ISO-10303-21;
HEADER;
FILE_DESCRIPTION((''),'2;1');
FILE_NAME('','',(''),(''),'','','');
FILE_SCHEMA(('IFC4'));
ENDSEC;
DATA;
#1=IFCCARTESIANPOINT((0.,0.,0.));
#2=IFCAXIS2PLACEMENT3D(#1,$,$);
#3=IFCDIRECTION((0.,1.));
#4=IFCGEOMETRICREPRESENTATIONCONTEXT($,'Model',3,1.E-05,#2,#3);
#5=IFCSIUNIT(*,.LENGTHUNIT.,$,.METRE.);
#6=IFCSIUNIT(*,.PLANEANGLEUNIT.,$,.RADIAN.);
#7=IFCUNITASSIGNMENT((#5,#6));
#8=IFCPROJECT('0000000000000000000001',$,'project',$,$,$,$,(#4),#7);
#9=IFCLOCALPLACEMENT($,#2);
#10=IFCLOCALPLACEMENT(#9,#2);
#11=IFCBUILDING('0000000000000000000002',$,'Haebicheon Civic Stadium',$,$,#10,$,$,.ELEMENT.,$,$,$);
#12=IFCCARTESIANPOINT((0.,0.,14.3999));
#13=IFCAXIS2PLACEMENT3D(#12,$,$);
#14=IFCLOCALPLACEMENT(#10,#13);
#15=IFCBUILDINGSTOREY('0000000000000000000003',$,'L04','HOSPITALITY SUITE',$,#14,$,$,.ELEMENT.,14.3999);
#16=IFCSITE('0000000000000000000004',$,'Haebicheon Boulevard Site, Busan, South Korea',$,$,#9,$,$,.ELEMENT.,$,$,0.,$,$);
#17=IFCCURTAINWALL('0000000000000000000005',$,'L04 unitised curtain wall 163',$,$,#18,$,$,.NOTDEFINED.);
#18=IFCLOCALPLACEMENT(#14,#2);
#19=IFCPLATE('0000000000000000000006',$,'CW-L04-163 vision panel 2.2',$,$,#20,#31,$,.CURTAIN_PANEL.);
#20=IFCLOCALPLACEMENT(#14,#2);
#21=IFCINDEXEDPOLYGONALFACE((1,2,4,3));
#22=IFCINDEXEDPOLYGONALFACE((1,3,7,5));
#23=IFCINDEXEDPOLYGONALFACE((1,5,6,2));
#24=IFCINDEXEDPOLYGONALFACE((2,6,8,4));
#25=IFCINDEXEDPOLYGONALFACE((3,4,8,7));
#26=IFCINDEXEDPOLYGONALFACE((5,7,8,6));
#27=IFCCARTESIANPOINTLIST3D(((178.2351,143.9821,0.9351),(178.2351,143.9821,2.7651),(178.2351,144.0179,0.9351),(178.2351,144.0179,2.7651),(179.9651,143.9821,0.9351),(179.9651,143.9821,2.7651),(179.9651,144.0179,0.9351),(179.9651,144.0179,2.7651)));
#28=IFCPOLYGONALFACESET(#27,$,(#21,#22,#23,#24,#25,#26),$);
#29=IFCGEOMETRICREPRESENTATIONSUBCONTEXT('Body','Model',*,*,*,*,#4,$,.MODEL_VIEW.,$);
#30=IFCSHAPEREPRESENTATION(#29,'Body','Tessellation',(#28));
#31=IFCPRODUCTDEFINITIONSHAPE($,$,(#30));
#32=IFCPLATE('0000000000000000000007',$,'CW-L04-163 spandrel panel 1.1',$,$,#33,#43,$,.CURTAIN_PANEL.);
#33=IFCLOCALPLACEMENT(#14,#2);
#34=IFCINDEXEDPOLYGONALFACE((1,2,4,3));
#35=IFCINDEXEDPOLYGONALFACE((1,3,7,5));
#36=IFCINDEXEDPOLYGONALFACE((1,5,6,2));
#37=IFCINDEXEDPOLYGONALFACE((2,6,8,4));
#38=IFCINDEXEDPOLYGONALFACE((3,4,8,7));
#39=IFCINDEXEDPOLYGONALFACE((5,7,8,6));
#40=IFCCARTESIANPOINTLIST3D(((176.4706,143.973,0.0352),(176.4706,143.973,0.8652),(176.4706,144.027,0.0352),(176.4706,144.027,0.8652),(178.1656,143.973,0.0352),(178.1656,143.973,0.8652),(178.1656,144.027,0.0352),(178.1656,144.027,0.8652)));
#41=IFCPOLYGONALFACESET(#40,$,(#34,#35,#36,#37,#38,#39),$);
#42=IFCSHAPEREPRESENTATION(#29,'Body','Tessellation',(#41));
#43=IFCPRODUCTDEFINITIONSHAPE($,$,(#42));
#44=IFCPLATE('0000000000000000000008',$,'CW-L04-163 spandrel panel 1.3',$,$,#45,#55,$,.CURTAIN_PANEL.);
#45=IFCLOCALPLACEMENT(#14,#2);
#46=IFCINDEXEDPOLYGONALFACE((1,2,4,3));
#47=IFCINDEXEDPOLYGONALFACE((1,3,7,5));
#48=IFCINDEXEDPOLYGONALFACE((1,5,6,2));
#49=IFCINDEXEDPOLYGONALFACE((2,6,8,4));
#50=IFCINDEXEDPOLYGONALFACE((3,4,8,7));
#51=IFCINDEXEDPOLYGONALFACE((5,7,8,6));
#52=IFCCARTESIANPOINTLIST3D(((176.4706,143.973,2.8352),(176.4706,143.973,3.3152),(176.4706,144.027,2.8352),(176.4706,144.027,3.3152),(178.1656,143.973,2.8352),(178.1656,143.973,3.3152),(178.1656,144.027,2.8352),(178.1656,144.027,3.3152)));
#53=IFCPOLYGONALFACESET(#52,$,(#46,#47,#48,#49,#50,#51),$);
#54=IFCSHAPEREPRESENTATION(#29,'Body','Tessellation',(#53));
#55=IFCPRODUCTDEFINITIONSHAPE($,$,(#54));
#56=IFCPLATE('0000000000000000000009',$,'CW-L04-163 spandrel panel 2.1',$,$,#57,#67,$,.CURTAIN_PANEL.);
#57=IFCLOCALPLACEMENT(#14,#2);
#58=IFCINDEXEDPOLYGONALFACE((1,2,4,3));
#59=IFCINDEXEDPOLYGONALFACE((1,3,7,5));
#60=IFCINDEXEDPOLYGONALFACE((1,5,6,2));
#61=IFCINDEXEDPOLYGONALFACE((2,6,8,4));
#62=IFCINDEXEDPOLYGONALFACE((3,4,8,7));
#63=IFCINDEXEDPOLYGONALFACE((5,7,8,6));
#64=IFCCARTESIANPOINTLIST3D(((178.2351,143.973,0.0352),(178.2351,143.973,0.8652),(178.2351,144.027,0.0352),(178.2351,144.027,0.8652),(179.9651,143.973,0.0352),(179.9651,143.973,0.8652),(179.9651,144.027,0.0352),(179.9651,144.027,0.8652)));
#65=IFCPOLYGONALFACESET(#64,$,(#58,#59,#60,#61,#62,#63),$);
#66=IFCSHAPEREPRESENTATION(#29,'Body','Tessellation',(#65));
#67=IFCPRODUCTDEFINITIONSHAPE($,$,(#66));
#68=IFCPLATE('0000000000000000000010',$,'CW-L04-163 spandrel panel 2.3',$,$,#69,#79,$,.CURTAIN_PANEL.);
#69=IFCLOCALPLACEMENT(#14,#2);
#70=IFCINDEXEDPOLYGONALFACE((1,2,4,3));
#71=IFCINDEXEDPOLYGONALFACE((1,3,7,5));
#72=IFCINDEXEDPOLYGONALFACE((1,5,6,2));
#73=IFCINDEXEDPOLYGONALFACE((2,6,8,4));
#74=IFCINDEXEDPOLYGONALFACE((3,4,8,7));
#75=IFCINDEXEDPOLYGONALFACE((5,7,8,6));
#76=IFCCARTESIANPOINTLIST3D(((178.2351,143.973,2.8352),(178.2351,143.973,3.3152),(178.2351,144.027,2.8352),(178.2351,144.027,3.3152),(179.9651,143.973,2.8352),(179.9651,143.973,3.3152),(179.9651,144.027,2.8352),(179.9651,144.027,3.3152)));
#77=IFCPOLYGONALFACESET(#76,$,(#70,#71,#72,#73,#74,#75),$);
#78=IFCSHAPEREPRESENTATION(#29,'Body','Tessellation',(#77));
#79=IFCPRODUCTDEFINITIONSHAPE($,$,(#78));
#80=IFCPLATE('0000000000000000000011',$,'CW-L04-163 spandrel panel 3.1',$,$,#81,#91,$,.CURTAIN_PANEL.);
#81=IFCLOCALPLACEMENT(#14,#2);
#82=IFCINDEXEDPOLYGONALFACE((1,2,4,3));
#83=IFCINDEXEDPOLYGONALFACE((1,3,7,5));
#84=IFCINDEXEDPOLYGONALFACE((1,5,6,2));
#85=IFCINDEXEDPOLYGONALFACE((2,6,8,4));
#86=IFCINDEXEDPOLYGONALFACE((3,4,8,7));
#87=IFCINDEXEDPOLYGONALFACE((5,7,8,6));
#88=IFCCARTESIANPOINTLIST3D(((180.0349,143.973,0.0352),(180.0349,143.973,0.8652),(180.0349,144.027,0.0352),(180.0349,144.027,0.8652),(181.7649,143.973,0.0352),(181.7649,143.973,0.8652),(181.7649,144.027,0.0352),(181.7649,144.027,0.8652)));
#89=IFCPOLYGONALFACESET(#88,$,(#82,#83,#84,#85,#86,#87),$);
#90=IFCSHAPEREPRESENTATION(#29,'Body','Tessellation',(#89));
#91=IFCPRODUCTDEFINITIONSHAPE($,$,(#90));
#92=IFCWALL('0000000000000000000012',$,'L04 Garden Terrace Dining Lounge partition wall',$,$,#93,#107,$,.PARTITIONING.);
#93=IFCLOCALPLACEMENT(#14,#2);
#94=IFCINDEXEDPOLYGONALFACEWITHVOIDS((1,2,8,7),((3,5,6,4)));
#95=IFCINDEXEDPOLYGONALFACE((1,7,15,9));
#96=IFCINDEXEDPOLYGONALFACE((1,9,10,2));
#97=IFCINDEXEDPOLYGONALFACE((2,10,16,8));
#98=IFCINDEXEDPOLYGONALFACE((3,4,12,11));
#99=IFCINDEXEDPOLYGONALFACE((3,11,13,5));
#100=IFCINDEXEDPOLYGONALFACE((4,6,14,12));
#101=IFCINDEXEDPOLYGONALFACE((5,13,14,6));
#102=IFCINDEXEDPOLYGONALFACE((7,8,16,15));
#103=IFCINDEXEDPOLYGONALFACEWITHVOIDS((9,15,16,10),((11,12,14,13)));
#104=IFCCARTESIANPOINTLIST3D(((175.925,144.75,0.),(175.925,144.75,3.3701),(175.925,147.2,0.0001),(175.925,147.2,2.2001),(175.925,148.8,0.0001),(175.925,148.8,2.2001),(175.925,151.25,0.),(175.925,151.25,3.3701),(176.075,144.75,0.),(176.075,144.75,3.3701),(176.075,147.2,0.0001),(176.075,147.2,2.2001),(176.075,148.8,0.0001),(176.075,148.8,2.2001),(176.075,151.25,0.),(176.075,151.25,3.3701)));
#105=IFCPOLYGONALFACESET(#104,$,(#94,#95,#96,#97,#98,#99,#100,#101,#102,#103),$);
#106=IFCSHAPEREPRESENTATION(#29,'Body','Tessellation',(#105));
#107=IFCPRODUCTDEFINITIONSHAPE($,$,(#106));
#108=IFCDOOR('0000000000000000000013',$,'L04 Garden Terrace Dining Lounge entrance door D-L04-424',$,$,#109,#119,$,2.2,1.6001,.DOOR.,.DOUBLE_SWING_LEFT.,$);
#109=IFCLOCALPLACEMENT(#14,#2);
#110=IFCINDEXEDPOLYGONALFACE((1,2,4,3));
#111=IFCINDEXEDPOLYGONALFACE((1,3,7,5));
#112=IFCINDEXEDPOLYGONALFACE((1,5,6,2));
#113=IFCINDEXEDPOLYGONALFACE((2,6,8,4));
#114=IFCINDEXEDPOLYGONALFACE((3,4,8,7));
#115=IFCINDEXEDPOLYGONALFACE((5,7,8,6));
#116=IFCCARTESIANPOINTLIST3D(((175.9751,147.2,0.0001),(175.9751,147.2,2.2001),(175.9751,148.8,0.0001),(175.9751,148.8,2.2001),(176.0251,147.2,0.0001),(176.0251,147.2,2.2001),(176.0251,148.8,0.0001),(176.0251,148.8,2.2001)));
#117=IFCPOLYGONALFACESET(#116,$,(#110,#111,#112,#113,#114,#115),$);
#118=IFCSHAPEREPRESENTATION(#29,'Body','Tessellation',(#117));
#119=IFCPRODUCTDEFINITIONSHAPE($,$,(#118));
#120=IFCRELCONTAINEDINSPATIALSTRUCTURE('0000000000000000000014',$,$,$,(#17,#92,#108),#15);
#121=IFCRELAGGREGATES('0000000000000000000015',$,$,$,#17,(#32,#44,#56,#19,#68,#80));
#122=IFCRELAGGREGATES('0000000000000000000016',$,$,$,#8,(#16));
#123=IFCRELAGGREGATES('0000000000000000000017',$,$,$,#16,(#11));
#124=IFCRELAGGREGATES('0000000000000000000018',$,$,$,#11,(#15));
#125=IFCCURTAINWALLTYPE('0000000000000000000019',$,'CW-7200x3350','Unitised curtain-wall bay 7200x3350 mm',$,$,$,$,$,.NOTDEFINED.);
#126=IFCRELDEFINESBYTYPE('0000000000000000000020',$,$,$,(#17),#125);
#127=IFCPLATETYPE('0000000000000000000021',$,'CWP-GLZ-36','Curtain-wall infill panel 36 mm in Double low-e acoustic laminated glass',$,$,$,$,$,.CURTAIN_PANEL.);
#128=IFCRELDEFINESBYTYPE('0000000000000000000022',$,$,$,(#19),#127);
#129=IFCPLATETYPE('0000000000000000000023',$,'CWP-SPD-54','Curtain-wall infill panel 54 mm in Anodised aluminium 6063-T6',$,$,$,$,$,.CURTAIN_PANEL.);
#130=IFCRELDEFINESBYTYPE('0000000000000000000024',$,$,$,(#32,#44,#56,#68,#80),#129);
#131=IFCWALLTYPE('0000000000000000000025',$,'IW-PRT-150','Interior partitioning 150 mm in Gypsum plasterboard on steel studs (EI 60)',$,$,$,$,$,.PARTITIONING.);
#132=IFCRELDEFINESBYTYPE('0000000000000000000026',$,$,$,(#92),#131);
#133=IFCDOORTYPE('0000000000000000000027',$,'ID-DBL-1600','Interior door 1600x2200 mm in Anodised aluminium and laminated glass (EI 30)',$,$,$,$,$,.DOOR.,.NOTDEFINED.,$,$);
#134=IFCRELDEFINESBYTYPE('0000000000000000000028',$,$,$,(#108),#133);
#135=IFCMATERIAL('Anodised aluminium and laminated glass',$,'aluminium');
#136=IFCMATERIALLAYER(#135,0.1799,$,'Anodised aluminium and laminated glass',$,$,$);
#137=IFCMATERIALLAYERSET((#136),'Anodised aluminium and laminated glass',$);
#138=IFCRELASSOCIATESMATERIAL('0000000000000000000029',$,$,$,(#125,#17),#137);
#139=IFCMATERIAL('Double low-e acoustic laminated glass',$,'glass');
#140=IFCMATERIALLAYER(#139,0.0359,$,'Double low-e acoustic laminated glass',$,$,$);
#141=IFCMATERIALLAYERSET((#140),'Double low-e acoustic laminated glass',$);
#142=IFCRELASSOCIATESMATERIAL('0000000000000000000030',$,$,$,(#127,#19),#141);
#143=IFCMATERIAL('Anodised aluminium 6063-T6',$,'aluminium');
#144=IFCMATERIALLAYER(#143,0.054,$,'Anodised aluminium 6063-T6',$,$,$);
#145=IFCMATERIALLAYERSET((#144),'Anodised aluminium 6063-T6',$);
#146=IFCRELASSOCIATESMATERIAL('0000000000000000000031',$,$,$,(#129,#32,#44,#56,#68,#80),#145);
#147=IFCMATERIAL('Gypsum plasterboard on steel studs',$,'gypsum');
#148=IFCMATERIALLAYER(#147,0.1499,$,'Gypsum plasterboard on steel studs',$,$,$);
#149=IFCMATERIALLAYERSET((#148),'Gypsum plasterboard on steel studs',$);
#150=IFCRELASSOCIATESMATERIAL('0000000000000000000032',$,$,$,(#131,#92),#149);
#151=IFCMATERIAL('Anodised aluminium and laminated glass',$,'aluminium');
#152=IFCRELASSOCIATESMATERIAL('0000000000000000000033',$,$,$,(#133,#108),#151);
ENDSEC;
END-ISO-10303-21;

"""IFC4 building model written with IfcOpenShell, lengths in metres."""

from ifc_helpers import new_model, si_unit, direction, frame, frame_2d, origin, origin_2d, place, context, subcontext, project, spatial, rectangle, extrude, material, layer, layer_set, type_object, element, fill, aggregate, save


model = new_model("IFC4")

# Units and contexts
model_context = context("Model", 3, precision=1e-05, world=origin(), true_north=direction((0.0, 1.0)))
body_context = subcontext(model_context, "Body", "Model", "MODEL_VIEW")
ifc_project = project(units=[si_unit("LENGTHUNIT", "METRE"), si_unit("PLANEANGLEUNIT", "RADIAN")], contexts=[model_context])

# Site, building, storey
site_placement = place(None, origin())
site = spatial("IfcSite", under=ifc_project, at=site_placement, Name="Haebicheon Boulevard Site, Busan, South Korea", CompositionType="ELEMENT", RefElevation=0.0)
building_placement = place(site_placement, origin())
building = spatial("IfcBuilding", under=site, at=building_placement, Name="Haebicheon Civic Stadium", CompositionType="ELEMENT")
storey_placement = place(building_placement, frame((0.0, 0.0, 14.3999)))
storey = spatial("IfcBuildingStorey", under=building, at=storey_placement, Name="L04", Description="HOSPITALITY SUITE", CompositionType="ELEMENT", Elevation=14.3999)

# Curtain wall
ifc_material_1 = material(Name="Anodised aluminium and laminated glass", Category="aluminium")
ifc_layer_1 = layer(ifc_material_1, 0.1799, Name="Anodised aluminium and laminated glass")
ifc_layer_set_1 = layer_set([ifc_layer_1], Name="Anodised aluminium and laminated glass")
curtain_wall_type = type_object("IfcCurtainWallType", Name="CW-7200x3350", Description="Unitised curtain-wall bay 7200x3350 mm", PredefinedType="NOTDEFINED", material=ifc_layer_set_1)
curtain_wall_placement = place(storey_placement, origin())
curtain_wall = element("IfcCurtainWall", 1, at=curtain_wall_placement, inside=storey, type_object=curtain_wall_type, material=ifc_layer_set_1, Name="L04 unitised curtain wall 163", PredefinedType="NOTDEFINED")

# Plates
ifc_material_2 = material(Name="Double low-e acoustic laminated glass", Category="glass")
ifc_layer_2 = layer(ifc_material_2, 0.0359, Name="Double low-e acoustic laminated glass")
ifc_layer_set_2 = layer_set([ifc_layer_2], Name="Double low-e acoustic laminated glass")
plate_type_1 = type_object("IfcPlateType", Name="CWP-GLZ-36", Description="Curtain-wall infill panel 36 mm in Double low-e acoustic laminated glass", PredefinedType="CURTAIN_PANEL", material=ifc_layer_set_2)
plate_1_placement = place(storey_placement, frame((179.1001, 144.0, 0.9351), z_axis=(0.0, 0.0, 1.0), x_axis=(1.0, 0.0, 0.0)))
plate_1 = element("IfcPlate", 2, at=plate_1_placement, type_object=plate_type_1, material=ifc_layer_set_2, Name="CW-L04-163 vision panel 2.2", PredefinedType="CURTAIN_PANEL", context=body_context, shape_type="SweptSolid", body=[
    extrude(rectangle(XDim=1.73, YDim=0.0359, at=origin_2d()), origin(), (0.0, 0.0, 1.0), 1.8301),
])
ifc_material_3 = material(Name="Anodised aluminium 6063-T6", Category="aluminium")
ifc_layer_3 = layer(ifc_material_3, 0.054, Name="Anodised aluminium 6063-T6")
ifc_layer_set_3 = layer_set([ifc_layer_3], Name="Anodised aluminium 6063-T6")
plate_type_2 = type_object("IfcPlateType", Name="CWP-SPD-54", Description="Curtain-wall infill panel 54 mm in Anodised aluminium 6063-T6", PredefinedType="CURTAIN_PANEL", material=ifc_layer_set_3)
plate_2_placement = place(storey_placement, frame((177.3181, 144.0, 0.0352), z_axis=(0.0, 0.0, 1.0), x_axis=(1.0, 0.0, 0.0)))
plate_2 = element("IfcPlate", 3, at=plate_2_placement, type_object=plate_type_2, material=ifc_layer_set_3, Name="CW-L04-163 spandrel panel 1.1", PredefinedType="CURTAIN_PANEL", context=body_context, shape_type="SweptSolid", body=[
    extrude(rectangle(XDim=1.6951, YDim=0.054, at=origin_2d()), origin(), (0.0, 0.0, 1.0), 0.8301),
])
plate_3_placement = place(storey_placement, frame((177.3181, 144.0, 2.8352), z_axis=(0.0, 0.0, 1.0), x_axis=(1.0, 0.0, 0.0)))
plate_3 = element("IfcPlate", 4, at=plate_3_placement, type_object=plate_type_2, material=ifc_layer_set_3, Name="CW-L04-163 spandrel panel 1.3", PredefinedType="CURTAIN_PANEL", context=body_context, shape_type="SweptSolid", body=[
    extrude(rectangle(XDim=1.6951, YDim=0.054, at=origin_2d()), origin(), (0.0, 0.0, 1.0), 0.48),
])
plate_4_placement = place(storey_placement, frame((179.1001, 144.0, 0.0352), z_axis=(0.0, 0.0, 1.0), x_axis=(1.0, 0.0, 0.0)))
plate_4 = element("IfcPlate", 5, at=plate_4_placement, type_object=plate_type_2, material=ifc_layer_set_3, Name="CW-L04-163 spandrel panel 2.1", PredefinedType="CURTAIN_PANEL", context=body_context, shape_type="SweptSolid", body=[
    extrude(rectangle(XDim=1.73, YDim=0.054, at=origin_2d()), origin(), (0.0, 0.0, 1.0), 0.8301),
])
plate_5_placement = place(storey_placement, frame((179.1001, 144.0, 2.8352), z_axis=(0.0, 0.0, 1.0), x_axis=(1.0, 0.0, 0.0)))
plate_5 = element("IfcPlate", 6, at=plate_5_placement, type_object=plate_type_2, material=ifc_layer_set_3, Name="CW-L04-163 spandrel panel 2.3", PredefinedType="CURTAIN_PANEL", context=body_context, shape_type="SweptSolid", body=[
    extrude(rectangle(XDim=1.73, YDim=0.054, at=origin_2d()), origin(), (0.0, 0.0, 1.0), 0.48),
])
plate_6_placement = place(storey_placement, frame((180.8999, 144.0, 0.0352), z_axis=(0.0, 0.0, 1.0), x_axis=(1.0, 0.0, 0.0)))
plate_6 = element("IfcPlate", 7, at=plate_6_placement, type_object=plate_type_2, material=ifc_layer_set_3, Name="CW-L04-163 spandrel panel 3.1", PredefinedType="CURTAIN_PANEL", context=body_context, shape_type="SweptSolid", body=[
    extrude(rectangle(XDim=1.73, YDim=0.054, at=origin_2d()), origin(), (0.0, 0.0, 1.0), 0.8301),
])
aggregate(curtain_wall, [plate_2, plate_3, plate_4, plate_1, plate_5, plate_6])

# Wall, opening, door
ifc_material_4 = material(Name="Gypsum plasterboard on steel studs", Category="gypsum")
ifc_layer_4 = layer(ifc_material_4, 0.1499, Name="Gypsum plasterboard on steel studs")
ifc_layer_set_4 = layer_set([ifc_layer_4], Name="Gypsum plasterboard on steel studs")
wall_type = type_object("IfcWallType", Name="IW-PRT-150", Description="Interior partitioning 150 mm in Gypsum plasterboard on steel studs (EI 60)", PredefinedType="PARTITIONING", material=ifc_layer_set_4)
wall_placement = place(storey_placement, frame((176.0, 144.75, 0.0), z_axis=(0.0, 0.0, 1.0), x_axis=(0.0, 1.0, 0.0)))
wall = element("IfcWall", 8, at=wall_placement, inside=storey, type_object=wall_type, material=ifc_layer_set_4, Name="L04 Garden Terrace Dining Lounge partition wall", PredefinedType="PARTITIONING", context=body_context, shape_type="SweptSolid", body=[
    extrude(rectangle(XDim=6.5, YDim=0.1499, at=frame_2d((3.25, 0.0))), origin(), (0.0, 0.0, 1.0), 3.3701),
])
opening_placement = place(wall_placement, frame((2.45, 0.0, 0.0)))
opening = element("IfcOpeningElement", 9, at=opening_placement, cuts=wall, PredefinedType="OPENING", context=body_context, shape_type="SweptSolid", body=[
    extrude(rectangle(XDim=1.6001, YDim=2.2, at=frame_2d((0.8, 1.1001))), frame((0.0, 0.085, 0.0), z_axis=(0.0, -1.0, 0.0), x_axis=(1.0, 0.0, 0.0)), (0.0, 0.0, 1.0), 0.1699),
])
ifc_material_5 = material(Name="Anodised aluminium and laminated glass", Category="aluminium")
door_type = type_object("IfcDoorType", Name="ID-DBL-1600", Description="Interior door 1600x2200 mm in Anodised aluminium and laminated glass (EI 30)", OperationType="NOTDEFINED", PredefinedType="DOOR", material=ifc_material_5)
door_placement = place(opening_placement, origin())
door = element("IfcDoor", 10, at=door_placement, inside=storey, type_object=door_type, material=ifc_material_5, Name="L04 Garden Terrace Dining Lounge entrance door D-L04-424", OperationType="DOUBLE_SWING_LEFT", OverallHeight=2.2, OverallWidth=1.6001, PredefinedType="DOOR", context=body_context, shape_type="SweptSolid", body=[
    extrude(rectangle(XDim=1.6001, YDim=2.2, at=frame_2d((0.8, 1.1001))), frame((0.0, 0.0249, 0.0), z_axis=(0.0, -1.0, 0.0), x_axis=(1.0, 0.0, 0.0)), (0.0, 0.0, 1.0), 0.05),
])
fill(opening, door)

save(model, "model.ifc")
